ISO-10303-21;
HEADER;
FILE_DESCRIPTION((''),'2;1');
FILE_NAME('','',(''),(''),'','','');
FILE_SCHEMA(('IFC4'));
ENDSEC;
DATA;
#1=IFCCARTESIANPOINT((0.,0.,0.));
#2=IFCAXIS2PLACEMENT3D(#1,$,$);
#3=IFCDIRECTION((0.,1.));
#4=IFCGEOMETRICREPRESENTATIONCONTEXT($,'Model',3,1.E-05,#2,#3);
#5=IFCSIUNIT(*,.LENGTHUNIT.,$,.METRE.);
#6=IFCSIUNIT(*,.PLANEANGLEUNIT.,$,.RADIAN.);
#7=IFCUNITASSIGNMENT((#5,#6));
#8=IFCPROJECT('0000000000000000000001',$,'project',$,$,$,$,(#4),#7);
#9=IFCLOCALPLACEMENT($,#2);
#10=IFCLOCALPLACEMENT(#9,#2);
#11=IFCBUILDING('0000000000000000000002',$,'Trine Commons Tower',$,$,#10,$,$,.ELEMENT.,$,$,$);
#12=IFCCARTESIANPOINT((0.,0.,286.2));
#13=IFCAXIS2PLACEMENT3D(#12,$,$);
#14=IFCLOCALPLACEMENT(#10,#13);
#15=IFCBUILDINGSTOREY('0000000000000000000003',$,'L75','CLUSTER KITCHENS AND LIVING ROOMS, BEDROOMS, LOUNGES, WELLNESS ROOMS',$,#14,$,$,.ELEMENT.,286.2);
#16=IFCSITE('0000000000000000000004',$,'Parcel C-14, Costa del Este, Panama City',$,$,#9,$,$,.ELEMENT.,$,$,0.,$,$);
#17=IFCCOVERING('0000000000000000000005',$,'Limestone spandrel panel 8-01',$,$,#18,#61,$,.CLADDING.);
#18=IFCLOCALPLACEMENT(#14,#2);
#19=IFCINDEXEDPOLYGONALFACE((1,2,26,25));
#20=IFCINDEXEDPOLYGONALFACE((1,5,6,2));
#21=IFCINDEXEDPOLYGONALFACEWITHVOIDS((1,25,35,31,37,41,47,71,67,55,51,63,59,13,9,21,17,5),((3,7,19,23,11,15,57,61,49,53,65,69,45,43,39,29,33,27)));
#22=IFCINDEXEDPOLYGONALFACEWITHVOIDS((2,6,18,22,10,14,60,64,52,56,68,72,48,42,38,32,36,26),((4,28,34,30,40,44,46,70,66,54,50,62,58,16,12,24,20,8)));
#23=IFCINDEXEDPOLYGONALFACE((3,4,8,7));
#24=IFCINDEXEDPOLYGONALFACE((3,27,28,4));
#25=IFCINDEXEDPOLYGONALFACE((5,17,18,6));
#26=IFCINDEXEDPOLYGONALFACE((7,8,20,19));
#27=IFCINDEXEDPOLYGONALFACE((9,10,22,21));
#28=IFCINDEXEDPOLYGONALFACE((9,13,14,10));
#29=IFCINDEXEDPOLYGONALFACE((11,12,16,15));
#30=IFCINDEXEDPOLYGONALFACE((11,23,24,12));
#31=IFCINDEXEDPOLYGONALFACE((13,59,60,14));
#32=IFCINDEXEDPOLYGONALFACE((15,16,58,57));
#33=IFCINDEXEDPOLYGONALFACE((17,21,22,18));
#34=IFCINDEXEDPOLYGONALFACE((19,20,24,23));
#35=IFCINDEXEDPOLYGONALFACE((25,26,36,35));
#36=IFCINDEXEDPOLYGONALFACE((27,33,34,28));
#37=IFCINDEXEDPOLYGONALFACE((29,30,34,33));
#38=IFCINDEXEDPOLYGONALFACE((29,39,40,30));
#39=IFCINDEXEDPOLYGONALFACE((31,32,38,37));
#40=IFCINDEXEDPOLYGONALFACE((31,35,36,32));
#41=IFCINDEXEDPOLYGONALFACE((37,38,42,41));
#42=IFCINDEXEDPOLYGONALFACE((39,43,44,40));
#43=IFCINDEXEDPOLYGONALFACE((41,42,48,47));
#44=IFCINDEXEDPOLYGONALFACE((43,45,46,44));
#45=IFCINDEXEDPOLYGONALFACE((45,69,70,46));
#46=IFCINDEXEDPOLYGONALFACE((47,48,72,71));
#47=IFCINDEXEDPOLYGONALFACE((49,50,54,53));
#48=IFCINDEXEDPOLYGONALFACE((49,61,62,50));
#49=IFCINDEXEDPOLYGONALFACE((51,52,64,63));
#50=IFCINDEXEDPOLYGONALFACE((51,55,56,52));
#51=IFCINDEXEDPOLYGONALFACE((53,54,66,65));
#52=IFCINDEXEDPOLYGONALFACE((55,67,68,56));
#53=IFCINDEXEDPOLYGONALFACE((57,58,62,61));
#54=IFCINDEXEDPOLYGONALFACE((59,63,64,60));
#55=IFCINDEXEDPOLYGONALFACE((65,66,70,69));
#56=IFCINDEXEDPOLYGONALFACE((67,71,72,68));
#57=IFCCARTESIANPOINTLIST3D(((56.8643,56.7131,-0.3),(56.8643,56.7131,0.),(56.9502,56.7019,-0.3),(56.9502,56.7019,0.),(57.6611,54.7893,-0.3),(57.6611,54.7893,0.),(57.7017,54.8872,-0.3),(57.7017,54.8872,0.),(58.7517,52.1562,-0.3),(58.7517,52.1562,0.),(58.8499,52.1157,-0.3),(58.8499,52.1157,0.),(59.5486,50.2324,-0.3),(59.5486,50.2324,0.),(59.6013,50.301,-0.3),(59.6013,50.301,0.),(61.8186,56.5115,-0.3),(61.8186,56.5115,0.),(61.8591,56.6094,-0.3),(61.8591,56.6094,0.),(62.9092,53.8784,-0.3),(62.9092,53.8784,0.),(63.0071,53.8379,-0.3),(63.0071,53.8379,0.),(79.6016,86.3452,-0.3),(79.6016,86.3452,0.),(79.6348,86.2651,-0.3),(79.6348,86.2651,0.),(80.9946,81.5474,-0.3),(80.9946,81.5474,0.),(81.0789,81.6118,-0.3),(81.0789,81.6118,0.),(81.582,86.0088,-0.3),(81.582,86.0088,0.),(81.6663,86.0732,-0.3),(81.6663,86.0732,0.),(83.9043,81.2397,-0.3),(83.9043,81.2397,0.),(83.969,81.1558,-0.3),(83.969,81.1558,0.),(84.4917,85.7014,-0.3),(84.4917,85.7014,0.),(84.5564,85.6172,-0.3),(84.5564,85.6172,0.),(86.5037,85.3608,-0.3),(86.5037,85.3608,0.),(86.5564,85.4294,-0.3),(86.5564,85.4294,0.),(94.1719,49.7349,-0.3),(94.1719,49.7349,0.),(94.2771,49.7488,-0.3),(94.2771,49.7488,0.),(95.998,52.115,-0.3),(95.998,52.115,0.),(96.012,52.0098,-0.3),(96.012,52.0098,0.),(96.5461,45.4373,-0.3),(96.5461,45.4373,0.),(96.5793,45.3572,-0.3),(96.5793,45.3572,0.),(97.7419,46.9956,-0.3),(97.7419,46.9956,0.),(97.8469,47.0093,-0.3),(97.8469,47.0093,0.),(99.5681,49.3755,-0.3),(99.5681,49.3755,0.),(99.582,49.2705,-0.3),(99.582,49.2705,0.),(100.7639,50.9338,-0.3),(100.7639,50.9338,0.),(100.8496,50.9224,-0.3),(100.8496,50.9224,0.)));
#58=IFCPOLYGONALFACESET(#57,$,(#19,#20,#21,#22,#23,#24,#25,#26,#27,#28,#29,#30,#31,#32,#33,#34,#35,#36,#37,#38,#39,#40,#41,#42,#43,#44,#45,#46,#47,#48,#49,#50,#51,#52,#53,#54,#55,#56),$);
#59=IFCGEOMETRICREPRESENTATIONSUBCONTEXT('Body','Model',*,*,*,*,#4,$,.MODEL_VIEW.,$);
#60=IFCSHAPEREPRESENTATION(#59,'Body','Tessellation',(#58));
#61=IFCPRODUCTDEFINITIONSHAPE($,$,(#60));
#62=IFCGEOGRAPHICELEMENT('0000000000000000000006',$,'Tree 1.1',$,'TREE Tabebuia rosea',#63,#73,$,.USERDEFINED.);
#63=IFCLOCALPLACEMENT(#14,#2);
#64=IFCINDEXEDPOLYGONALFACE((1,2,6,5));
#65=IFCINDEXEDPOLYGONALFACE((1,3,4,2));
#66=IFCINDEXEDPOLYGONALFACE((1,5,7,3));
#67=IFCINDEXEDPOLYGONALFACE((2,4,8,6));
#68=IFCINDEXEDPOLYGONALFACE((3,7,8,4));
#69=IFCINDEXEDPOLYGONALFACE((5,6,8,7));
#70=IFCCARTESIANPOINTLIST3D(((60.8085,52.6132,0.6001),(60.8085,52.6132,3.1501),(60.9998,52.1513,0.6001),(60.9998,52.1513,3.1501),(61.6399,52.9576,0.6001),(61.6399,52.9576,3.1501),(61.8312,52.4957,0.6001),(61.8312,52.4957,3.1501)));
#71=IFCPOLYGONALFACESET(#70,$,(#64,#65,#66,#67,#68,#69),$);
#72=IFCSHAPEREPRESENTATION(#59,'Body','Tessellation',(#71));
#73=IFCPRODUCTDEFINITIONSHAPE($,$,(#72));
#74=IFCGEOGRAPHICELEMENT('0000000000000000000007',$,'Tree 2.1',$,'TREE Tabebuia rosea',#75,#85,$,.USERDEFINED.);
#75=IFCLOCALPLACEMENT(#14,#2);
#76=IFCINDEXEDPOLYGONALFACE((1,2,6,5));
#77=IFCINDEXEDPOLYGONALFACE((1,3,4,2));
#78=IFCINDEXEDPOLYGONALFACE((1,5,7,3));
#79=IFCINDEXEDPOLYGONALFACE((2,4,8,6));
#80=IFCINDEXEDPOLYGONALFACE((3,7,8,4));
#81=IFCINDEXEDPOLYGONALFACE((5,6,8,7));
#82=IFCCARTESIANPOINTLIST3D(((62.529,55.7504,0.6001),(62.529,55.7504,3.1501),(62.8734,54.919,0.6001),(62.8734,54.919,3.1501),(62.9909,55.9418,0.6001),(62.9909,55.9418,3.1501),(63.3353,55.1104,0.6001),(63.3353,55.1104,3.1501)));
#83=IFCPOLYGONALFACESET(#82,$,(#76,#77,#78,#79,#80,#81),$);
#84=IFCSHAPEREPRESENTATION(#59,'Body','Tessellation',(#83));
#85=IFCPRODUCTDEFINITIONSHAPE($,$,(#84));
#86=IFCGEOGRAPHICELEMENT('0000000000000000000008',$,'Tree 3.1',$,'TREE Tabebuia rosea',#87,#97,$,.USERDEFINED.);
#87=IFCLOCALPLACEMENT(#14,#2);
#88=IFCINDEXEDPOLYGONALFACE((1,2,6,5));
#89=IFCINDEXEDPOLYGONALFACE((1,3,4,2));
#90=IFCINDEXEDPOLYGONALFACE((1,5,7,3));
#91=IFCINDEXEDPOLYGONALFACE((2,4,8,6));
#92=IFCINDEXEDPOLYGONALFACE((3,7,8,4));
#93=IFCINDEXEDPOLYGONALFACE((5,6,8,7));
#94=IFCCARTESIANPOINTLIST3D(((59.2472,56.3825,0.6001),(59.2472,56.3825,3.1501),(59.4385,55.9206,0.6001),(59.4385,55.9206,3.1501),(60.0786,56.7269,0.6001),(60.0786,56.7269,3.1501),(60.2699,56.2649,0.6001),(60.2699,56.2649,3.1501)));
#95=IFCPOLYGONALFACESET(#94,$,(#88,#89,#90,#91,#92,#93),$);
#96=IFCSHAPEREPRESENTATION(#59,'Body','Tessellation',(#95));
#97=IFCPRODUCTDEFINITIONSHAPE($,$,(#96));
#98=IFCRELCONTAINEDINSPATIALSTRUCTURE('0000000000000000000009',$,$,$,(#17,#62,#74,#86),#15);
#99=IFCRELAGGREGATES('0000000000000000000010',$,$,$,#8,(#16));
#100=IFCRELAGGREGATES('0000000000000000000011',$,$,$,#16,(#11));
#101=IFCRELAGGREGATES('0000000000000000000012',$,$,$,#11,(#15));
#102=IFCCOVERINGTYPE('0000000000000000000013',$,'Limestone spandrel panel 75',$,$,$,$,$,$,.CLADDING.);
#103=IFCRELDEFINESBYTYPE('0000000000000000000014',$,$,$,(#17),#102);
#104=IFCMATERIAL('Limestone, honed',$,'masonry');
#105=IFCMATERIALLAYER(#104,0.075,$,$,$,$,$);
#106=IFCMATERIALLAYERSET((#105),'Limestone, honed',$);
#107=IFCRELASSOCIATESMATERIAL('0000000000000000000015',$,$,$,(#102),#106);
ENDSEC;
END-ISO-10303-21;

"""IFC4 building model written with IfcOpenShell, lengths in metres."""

from ifc_helpers import new_model, si_unit, direction, frame, origin, origin_2d, place, context, subcontext, project, spatial, polyline, rectangle, outline, extrude, material, layer, layer_set, type_object, element, save


model = new_model("IFC4")

# Units and contexts
model_context = context("Model", 3, precision=1e-05, world=origin(), true_north=direction((0.0, 1.0)))
body_context = subcontext(model_context, "Body", "Model", "MODEL_VIEW")
ifc_project = project(units=[si_unit("LENGTHUNIT", "METRE"), si_unit("PLANEANGLEUNIT", "RADIAN")], contexts=[model_context])

# Site, building, storey
site_placement = place(None, origin())
site = spatial("IfcSite", under=ifc_project, at=site_placement, Name="Parcel C-14, Costa del Este, Panama City", CompositionType="ELEMENT", RefElevation=0.0)
building_placement = place(site_placement, origin())
building = spatial("IfcBuilding", under=site, at=building_placement, Name="Trine Commons Tower", CompositionType="ELEMENT")
storey_placement = place(building_placement, frame((0.0, 0.0, 286.2)))
storey = spatial("IfcBuildingStorey", under=building, at=storey_placement, Name="L75", Description="CLUSTER KITCHENS AND LIVING ROOMS, BEDROOMS, LOUNGES, WELLNESS ROOMS", CompositionType="ELEMENT", Elevation=286.2)

# Covering
ifc_material_1 = material(Name="Limestone, honed", Category="masonry")
ifc_layer_1 = layer(ifc_material_1, 0.075)
ifc_layer_set_1 = layer_set([ifc_layer_1], Name="Limestone, honed")
covering_type = type_object("IfcCoveringType", Name="Limestone spandrel panel 75", PredefinedType="CLADDING", material=ifc_layer_set_1)
covering_placement = place(storey_placement, frame((0.0, 0.0, -0.3)))
element("IfcCovering", 1, at=covering_placement, inside=storey, type_object=covering_type, Name="Limestone spandrel panel 8-01", PredefinedType="CLADDING", context=body_context, shape_type="SweptSolid", body=[
    extrude(outline(polyline([(96.012, 52.0098), (99.582, 49.2705), (100.8496, 50.9224), (86.5564, 85.4294), (84.4917, 85.7014), (83.9043, 81.2397), (81.0789, 81.6118), (81.6663, 86.0732), (79.6016, 86.3452), (56.8643, 56.7131), (57.6611, 54.7893), (61.8186, 56.5115), (62.9092, 53.8784), (58.7517, 52.1562), (59.5486, 50.2324), (96.5793, 45.3572), (97.8469, 47.0093), (94.2771, 49.7488), (96.012, 52.0098)]), holes=[polyline([(84.5564, 85.6172), (86.5037, 85.3608), (100.7639, 50.9338), (99.5681, 49.3755), (95.998, 52.115), (94.1719, 49.7349), (97.7419, 46.9956), (96.5461, 45.4373), (59.6013, 50.301), (58.8499, 52.1157), (63.0071, 53.8379), (61.8591, 56.6094), (57.7017, 54.8872), (56.9502, 56.7019), (79.6348, 86.2651), (81.582, 86.0088), (80.9946, 81.5474), (83.969, 81.1558), (84.5564, 85.6172)])]), origin(), (0.0, 0.0, 1.0), 0.3),
])

# Geographic elements
for number, where, z_axis, x_axis, name in (
    (2, (61.3198, 52.5544, 0.6001), (0.0, 0.0, 1.0), (0.923886, 0.382669, 0.0), "Tree 1.1"),
    (3, (62.9321, 55.4304, 0.6001), (0.0, 0.0, 1.0), (-0.382688, 0.923878, 0.0), "Tree 2.1"),
    (4, (59.7585, 56.3237, 0.6001), (0.0, 0.0, 1.0), (-0.923886, -0.382669, 0.0), "Tree 3.1"),
):
    element("IfcGeographicElement", number, at=place(storey_placement, frame(where, z_axis=z_axis, x_axis=x_axis)), inside=storey, Name=name, ObjectType="TREE Tabebuia rosea", PredefinedType="USERDEFINED", context=body_context, shape_type="SweptSolid", body=[
        extrude(rectangle(XDim=0.8999, YDim=0.5, at=origin_2d()), origin(), (0.0, 0.0, 1.0), 2.55),
    ])

save(model, "model.ifc")
